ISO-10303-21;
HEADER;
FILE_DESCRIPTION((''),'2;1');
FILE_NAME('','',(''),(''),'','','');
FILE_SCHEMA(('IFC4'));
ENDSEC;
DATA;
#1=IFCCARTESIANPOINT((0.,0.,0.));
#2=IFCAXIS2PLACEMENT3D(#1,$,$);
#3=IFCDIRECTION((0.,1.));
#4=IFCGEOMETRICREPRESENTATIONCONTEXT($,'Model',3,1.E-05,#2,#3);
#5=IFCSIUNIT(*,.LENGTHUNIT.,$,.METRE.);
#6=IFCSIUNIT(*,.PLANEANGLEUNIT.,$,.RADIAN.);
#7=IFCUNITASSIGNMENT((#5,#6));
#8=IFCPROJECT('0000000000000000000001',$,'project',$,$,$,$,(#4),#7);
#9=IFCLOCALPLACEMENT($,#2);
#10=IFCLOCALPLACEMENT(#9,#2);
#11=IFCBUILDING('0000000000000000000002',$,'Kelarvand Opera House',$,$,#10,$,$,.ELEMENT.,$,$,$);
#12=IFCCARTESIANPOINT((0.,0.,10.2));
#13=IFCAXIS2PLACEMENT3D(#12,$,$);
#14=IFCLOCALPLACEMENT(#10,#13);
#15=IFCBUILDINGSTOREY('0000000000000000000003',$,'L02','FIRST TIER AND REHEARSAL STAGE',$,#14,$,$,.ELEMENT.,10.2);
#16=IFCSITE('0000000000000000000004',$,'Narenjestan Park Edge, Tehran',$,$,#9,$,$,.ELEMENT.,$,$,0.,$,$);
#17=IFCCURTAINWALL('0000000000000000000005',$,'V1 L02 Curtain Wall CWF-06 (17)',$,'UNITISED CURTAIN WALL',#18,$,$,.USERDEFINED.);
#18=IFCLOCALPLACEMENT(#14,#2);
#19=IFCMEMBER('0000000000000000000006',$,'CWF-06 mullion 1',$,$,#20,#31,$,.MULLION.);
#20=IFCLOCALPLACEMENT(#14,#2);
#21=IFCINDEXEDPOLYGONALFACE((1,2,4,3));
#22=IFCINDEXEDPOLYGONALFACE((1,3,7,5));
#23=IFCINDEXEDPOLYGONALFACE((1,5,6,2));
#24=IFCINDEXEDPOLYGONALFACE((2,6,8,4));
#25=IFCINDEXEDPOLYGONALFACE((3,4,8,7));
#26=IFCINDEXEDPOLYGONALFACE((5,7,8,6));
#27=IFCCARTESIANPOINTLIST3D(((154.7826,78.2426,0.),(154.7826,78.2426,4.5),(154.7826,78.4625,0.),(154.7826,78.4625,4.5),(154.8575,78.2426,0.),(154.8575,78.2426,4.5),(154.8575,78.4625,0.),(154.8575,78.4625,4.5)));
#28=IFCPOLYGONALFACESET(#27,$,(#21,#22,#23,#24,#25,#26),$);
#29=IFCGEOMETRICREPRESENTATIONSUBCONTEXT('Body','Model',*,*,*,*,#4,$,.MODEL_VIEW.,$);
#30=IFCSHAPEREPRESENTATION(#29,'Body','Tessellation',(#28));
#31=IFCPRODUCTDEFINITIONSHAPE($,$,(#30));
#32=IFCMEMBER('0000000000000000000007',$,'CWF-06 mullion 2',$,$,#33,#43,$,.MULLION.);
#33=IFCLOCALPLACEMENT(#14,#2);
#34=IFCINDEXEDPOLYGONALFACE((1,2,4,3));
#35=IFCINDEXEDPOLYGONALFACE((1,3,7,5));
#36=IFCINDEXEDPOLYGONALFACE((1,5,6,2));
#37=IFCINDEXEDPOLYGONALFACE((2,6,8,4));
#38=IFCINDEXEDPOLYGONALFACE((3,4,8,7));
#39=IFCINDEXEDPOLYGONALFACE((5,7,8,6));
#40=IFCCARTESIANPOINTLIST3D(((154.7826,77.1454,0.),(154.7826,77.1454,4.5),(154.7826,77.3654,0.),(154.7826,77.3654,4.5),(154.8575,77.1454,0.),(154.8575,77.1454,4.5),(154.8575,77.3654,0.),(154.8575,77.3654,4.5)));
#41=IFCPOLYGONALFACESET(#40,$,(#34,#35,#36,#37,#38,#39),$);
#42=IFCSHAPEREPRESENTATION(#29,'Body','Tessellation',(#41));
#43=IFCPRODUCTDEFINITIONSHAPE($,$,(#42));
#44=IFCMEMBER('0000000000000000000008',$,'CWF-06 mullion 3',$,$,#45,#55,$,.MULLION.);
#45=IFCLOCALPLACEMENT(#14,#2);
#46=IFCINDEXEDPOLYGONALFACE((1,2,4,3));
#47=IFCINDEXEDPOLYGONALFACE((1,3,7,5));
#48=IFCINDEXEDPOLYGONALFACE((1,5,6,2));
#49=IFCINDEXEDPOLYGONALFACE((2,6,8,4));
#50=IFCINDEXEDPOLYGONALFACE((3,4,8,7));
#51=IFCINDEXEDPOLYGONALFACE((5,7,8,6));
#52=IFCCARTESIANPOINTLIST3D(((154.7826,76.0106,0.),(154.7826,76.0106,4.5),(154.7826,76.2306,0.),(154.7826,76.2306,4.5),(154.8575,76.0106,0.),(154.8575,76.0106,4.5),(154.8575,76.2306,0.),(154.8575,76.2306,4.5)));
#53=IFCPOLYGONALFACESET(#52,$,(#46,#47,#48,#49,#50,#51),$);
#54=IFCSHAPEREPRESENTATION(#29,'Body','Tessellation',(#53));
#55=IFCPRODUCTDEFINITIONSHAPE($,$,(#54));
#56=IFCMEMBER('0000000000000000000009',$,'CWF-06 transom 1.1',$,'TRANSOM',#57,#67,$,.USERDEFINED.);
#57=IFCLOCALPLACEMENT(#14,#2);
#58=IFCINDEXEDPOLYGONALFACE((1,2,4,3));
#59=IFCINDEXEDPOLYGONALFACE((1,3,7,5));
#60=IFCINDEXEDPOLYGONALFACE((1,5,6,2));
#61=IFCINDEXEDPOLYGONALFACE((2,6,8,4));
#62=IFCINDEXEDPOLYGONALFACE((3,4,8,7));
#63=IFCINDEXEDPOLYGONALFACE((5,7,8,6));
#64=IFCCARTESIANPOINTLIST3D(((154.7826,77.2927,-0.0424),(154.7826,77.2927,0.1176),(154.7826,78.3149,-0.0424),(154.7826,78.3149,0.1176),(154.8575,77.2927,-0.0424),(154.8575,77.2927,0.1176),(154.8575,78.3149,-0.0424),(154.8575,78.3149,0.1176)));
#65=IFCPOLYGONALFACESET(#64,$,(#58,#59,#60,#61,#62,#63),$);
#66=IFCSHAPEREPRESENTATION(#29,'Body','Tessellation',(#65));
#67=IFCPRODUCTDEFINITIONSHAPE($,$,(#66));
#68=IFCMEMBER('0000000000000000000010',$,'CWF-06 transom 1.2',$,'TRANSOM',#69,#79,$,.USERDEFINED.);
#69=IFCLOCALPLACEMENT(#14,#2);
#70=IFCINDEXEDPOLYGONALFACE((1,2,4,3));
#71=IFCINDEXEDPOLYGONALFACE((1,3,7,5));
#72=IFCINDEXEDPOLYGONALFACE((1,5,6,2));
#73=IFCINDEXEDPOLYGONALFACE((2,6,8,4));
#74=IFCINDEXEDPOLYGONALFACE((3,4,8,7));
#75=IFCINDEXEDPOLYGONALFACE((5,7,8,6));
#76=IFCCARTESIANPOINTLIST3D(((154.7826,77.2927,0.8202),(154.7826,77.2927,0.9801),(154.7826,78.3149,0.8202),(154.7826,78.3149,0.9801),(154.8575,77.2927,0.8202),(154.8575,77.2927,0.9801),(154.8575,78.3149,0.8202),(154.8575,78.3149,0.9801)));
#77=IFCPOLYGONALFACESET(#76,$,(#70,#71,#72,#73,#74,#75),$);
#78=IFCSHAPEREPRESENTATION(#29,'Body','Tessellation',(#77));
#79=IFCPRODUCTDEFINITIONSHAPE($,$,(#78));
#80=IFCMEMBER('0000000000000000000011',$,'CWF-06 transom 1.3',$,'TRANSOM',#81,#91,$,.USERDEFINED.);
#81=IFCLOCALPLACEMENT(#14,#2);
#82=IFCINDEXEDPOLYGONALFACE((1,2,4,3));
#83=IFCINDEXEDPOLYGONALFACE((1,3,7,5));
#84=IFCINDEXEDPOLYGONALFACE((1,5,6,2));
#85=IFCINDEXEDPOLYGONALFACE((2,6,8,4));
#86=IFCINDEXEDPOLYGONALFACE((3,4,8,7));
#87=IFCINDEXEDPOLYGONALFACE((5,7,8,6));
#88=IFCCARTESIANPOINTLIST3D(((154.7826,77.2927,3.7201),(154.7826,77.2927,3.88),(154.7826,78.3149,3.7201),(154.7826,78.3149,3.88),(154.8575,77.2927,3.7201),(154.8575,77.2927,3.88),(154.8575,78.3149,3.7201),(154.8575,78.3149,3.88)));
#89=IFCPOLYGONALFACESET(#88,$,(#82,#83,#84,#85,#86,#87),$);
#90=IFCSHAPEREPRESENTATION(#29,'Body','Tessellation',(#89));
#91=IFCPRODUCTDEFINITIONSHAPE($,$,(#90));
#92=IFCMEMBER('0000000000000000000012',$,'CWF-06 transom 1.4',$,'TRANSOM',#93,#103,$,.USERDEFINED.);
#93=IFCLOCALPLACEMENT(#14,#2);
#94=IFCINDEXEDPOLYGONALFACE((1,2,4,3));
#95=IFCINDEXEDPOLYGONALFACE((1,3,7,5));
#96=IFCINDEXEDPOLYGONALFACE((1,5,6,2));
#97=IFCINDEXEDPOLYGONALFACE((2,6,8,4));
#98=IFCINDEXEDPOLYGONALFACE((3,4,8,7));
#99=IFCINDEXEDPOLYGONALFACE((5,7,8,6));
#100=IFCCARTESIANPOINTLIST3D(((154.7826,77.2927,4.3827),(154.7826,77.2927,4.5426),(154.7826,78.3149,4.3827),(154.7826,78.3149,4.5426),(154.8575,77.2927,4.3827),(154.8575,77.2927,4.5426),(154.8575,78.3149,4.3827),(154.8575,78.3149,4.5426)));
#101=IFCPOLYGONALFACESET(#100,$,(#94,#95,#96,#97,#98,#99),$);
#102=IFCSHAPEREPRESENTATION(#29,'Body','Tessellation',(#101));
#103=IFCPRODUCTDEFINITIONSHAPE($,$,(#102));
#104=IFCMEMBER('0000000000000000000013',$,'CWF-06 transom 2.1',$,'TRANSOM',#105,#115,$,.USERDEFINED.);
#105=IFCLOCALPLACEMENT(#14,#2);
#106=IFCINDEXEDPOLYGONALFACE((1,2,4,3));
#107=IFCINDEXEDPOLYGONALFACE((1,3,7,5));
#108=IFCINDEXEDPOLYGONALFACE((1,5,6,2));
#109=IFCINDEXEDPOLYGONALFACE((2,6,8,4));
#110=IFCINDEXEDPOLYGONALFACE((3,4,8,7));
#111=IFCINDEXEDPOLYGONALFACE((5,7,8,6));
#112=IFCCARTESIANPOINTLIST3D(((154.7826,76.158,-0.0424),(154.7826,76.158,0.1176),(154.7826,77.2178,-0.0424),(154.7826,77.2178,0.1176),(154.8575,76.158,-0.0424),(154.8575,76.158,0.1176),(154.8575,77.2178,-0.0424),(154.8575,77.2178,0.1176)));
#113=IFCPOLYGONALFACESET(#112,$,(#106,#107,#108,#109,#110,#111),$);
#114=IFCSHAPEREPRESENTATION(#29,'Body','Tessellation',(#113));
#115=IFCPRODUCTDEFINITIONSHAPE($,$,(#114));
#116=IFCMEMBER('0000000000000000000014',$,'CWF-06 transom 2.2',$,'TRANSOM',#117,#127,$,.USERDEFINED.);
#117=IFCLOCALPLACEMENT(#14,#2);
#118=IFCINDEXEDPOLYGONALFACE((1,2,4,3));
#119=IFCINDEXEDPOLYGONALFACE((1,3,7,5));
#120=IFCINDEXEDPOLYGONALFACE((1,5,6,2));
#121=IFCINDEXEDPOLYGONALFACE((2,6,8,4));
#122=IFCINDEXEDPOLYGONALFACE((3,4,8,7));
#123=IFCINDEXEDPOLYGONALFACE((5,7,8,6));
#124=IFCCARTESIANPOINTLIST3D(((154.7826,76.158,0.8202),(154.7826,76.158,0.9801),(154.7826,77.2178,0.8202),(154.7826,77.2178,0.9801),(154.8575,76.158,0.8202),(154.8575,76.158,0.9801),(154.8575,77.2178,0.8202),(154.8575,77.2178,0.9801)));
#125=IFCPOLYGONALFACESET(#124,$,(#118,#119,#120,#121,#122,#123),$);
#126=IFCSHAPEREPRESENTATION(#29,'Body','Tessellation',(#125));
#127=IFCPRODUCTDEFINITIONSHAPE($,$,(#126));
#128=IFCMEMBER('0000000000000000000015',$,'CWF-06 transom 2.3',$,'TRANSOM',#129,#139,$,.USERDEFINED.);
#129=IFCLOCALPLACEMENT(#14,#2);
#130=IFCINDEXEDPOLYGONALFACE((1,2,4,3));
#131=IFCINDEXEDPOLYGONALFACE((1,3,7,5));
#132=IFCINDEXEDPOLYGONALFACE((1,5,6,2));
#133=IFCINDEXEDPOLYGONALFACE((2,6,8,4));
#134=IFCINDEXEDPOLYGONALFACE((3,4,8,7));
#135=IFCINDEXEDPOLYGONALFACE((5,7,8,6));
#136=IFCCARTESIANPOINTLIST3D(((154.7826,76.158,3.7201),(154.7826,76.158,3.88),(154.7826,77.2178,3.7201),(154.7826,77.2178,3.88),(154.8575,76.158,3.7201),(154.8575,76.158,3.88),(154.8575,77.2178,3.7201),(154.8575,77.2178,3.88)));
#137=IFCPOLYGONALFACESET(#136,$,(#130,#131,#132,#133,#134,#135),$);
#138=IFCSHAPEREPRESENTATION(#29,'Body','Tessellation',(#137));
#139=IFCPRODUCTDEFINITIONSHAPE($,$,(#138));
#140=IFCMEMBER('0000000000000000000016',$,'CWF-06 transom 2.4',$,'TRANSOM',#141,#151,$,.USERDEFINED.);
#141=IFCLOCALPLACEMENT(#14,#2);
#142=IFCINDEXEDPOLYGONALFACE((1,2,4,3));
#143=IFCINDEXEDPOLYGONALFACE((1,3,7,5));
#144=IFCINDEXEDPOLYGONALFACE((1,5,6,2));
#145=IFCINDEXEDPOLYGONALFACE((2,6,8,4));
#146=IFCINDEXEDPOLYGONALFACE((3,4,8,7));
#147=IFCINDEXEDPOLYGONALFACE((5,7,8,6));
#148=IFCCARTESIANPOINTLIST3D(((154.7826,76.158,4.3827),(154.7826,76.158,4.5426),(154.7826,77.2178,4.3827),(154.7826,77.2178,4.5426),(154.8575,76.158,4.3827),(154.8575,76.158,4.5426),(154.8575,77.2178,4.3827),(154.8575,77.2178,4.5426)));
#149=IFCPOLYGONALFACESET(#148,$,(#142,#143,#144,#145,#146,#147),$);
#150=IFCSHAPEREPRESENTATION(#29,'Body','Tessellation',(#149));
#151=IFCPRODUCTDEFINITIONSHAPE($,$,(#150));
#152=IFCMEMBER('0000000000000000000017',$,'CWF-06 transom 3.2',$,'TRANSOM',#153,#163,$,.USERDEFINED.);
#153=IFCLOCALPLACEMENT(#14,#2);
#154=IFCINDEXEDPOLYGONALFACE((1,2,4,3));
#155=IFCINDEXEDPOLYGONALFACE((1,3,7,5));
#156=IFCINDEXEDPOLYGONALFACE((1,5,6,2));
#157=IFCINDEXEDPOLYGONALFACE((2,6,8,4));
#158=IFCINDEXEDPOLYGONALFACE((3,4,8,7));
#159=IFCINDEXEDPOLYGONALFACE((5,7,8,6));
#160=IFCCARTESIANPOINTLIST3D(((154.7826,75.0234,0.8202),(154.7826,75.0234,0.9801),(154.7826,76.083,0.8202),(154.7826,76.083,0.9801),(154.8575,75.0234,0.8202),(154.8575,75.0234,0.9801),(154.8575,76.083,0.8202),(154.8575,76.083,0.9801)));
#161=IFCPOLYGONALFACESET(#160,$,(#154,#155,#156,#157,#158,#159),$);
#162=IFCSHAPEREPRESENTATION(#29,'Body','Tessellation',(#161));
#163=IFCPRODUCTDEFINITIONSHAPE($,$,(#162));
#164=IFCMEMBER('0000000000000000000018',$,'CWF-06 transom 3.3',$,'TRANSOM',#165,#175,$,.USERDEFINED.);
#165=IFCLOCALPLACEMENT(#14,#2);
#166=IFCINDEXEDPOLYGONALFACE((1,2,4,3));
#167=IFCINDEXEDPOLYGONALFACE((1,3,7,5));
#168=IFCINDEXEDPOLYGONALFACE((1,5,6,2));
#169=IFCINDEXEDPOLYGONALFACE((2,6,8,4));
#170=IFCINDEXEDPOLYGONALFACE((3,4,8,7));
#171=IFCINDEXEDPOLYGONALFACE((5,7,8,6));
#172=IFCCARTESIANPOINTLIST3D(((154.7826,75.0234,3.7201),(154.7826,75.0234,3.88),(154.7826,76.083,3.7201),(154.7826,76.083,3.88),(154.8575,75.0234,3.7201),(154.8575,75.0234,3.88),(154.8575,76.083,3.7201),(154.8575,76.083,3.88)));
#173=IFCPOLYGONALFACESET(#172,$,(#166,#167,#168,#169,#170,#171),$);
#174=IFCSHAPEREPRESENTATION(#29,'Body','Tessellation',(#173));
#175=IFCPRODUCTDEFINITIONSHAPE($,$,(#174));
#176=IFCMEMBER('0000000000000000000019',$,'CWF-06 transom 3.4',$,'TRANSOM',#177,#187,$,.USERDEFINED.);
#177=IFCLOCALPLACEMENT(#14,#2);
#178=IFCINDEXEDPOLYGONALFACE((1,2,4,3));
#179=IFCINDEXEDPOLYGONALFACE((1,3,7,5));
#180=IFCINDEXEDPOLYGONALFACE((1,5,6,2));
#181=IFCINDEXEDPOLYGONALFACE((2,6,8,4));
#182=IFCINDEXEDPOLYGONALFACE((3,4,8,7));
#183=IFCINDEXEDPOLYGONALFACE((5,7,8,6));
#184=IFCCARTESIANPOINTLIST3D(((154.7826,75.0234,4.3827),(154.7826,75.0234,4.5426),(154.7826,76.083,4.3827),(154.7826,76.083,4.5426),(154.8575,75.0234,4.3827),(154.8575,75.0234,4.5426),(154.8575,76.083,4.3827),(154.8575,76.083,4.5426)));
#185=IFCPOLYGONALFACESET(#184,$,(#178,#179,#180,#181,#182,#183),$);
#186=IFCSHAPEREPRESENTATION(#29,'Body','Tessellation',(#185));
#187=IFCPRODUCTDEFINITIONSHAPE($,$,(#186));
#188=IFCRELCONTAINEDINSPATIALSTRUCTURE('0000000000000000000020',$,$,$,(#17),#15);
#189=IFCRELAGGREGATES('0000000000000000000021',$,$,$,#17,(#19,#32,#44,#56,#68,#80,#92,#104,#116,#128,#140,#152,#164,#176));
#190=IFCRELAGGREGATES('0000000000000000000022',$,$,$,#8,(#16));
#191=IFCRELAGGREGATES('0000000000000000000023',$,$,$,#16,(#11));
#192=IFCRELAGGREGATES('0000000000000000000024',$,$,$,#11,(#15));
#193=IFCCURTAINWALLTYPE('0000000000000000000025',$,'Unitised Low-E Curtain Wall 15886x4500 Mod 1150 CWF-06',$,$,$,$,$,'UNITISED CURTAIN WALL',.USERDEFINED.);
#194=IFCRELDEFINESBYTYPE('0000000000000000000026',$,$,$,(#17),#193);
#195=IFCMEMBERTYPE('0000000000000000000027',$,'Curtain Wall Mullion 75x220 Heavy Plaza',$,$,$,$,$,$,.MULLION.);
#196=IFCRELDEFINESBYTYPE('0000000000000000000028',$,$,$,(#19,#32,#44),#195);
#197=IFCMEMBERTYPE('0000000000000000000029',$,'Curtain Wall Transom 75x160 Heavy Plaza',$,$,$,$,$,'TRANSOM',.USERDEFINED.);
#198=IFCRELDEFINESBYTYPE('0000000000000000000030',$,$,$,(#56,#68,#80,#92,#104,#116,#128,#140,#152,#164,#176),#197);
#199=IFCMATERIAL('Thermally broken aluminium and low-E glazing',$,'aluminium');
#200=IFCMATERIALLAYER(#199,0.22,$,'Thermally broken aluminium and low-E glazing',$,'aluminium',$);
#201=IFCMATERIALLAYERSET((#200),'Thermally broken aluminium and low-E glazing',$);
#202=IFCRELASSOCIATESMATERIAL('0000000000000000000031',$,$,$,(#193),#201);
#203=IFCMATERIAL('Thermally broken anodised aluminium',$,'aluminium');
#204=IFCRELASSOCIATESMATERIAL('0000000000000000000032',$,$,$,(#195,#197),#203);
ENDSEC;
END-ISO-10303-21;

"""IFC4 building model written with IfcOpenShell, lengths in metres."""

from ifc_helpers import new_model, si_unit, direction, frame, origin, origin_2d, place, context, subcontext, project, spatial, rectangle, extrude, material, layer, layer_set, material_profile, profile_set, type_object, element, aggregate, save


model = new_model("IFC4")

# Units and contexts
model_context = context("Model", 3, precision=1e-05, world=origin(), true_north=direction((0.0, 1.0)))
body_context = subcontext(model_context, "Body", "Model", "MODEL_VIEW")
ifc_project = project(units=[si_unit("LENGTHUNIT", "METRE"), si_unit("PLANEANGLEUNIT", "RADIAN")], contexts=[model_context])

# Site, building, storey
site_placement = place(None, origin())
site = spatial("IfcSite", under=ifc_project, at=site_placement, Name="Narenjestan Park Edge, Tehran", CompositionType="ELEMENT", RefElevation=0.0)
building_placement = place(site_placement, origin())
building = spatial("IfcBuilding", under=site, at=building_placement, Name="Kelarvand Opera House", CompositionType="ELEMENT")
storey_placement = place(building_placement, frame((0.0, 0.0, 10.2)))
storey = spatial("IfcBuildingStorey", under=building, at=storey_placement, Name="L02", Description="FIRST TIER AND REHEARSAL STAGE", CompositionType="ELEMENT", Elevation=10.2)

# Curtain wall, members
ifc_material_1 = material(Name="Thermally broken aluminium and low-E glazing", Category="aluminium")
ifc_layer_1 = layer(ifc_material_1, 0.22, Name="Thermally broken aluminium and low-E glazing", Category="aluminium")
ifc_layer_set_1 = layer_set([ifc_layer_1], Name="Thermally broken aluminium and low-E glazing")
curtain_wall_type = type_object("IfcCurtainWallType", Name="Unitised Low-E Curtain Wall 15886x4500 Mod 1150 CWF-06", ElementType="UNITISED CURTAIN WALL", PredefinedType="USERDEFINED", material=ifc_layer_set_1)
curtain_wall_placement = place(storey_placement, origin())
curtain_wall = element("IfcCurtainWall", 1, at=curtain_wall_placement, inside=storey, type_object=curtain_wall_type, Name="V1 L02 Curtain Wall CWF-06 (17)", ObjectType="UNITISED CURTAIN WALL", PredefinedType="USERDEFINED")
ifc_material_2 = material(Name="Thermally broken anodised aluminium", Category="aluminium")
ifc_material_profile_1 = material_profile(ifc_material_2, rectangle(XDim=0.075, YDim=0.22, at=origin_2d()), Name="ALU MULLION 75x220", Category="aluminium")
ifc_profile_set_1 = profile_set([ifc_material_profile_1], Name="Thermally broken anodised aluminium")
member_type_1 = type_object("IfcMemberType", Name="Curtain Wall Mullion 75x220 Heavy Plaza", PredefinedType="MULLION", material=ifc_profile_set_1)
member_1_placement = place(storey_placement, frame((154.8201, 78.3525, 0.0), z_axis=(0.0, 0.0, 1.0), x_axis=(1.0, 0.0, 0.0)))
member_1 = element("IfcMember", 2, at=member_1_placement, type_object=member_type_1, Name="CWF-06 mullion 1", PredefinedType="MULLION", context=body_context, shape_type="SweptSolid", body=[
    extrude(rectangle(XDim=0.075, YDim=0.22, at=origin_2d()), origin(), (0.0, 0.0, 1.0), 4.5),
])
member_2_placement = place(storey_placement, frame((154.8201, 77.2554, 0.0), z_axis=(0.0, 0.0, 1.0), x_axis=(1.0, 0.0, 0.0)))
member_2 = element("IfcMember", 3, at=member_2_placement, type_object=member_type_1, Name="CWF-06 mullion 2", PredefinedType="MULLION", context=body_context, shape_type="SweptSolid", body=[
    extrude(rectangle(XDim=0.075, YDim=0.22, at=origin_2d()), origin(), (0.0, 0.0, 1.0), 4.5),
])
member_3_placement = place(storey_placement, frame((154.8201, 76.1206, 0.0), z_axis=(0.0, 0.0, 1.0), x_axis=(1.0, 0.0, 0.0)))
member_3 = element("IfcMember", 4, at=member_3_placement, type_object=member_type_1, Name="CWF-06 mullion 3", PredefinedType="MULLION", context=body_context, shape_type="SweptSolid", body=[
    extrude(rectangle(XDim=0.075, YDim=0.22, at=origin_2d()), origin(), (0.0, 0.0, 1.0), 4.5),
])
ifc_material_profile_2 = material_profile(ifc_material_2, rectangle(XDim=0.075, YDim=0.1599, at=origin_2d()), Name="ALU TRANSOM 75x160", Category="aluminium")
ifc_profile_set_2 = profile_set([ifc_material_profile_2], Name="Thermally broken anodised aluminium")
member_type_2 = type_object("IfcMemberType", Name="Curtain Wall Transom 75x160 Heavy Plaza", ElementType="TRANSOM", PredefinedType="USERDEFINED", material=ifc_profile_set_2)
member_4_placement = place(storey_placement, frame((154.8201, 78.3149, 0.0376), z_axis=(0.0, -1.0, 0.0), x_axis=(1.0, 0.0, 0.0)))
member_4 = element("IfcMember", 5, at=member_4_placement, type_object=member_type_2, Name="CWF-06 transom 1.1", ObjectType="TRANSOM", PredefinedType="USERDEFINED", context=body_context, shape_type="SweptSolid", body=[
    extrude(rectangle(XDim=0.075, YDim=0.1599, at=origin_2d()), origin(), (0.0, 0.0, 1.0), 1.0222),
])
member_5_placement = place(storey_placement, frame((154.8201, 78.3149, 0.9001), z_axis=(0.0, -1.0, 0.0), x_axis=(1.0, 0.0, 0.0)))
member_5 = element("IfcMember", 6, at=member_5_placement, type_object=member_type_2, Name="CWF-06 transom 1.2", ObjectType="TRANSOM", PredefinedType="USERDEFINED", context=body_context, shape_type="SweptSolid", body=[
    extrude(rectangle(XDim=0.075, YDim=0.1599, at=origin_2d()), origin(), (0.0, 0.0, 1.0), 1.0222),
])
member_6_placement = place(storey_placement, frame((154.8201, 78.3149, 3.8), z_axis=(0.0, -1.0, 0.0), x_axis=(1.0, 0.0, 0.0)))
member_6 = element("IfcMember", 7, at=member_6_placement, type_object=member_type_2, Name="CWF-06 transom 1.3", ObjectType="TRANSOM", PredefinedType="USERDEFINED", context=body_context, shape_type="SweptSolid", body=[
    extrude(rectangle(XDim=0.075, YDim=0.1599, at=origin_2d()), origin(), (0.0, 0.0, 1.0), 1.0222),
])
member_7_placement = place(storey_placement, frame((154.8201, 78.3149, 4.4626), z_axis=(0.0, -1.0, 0.0), x_axis=(1.0, 0.0, 0.0)))
member_7 = element("IfcMember", 8, at=member_7_placement, type_object=member_type_2, Name="CWF-06 transom 1.4", ObjectType="TRANSOM", PredefinedType="USERDEFINED", context=body_context, shape_type="SweptSolid", body=[
    extrude(rectangle(XDim=0.075, YDim=0.1599, at=origin_2d()), origin(), (0.0, 0.0, 1.0), 1.0222),
])
member_8_placement = place(storey_placement, frame((154.8201, 77.2178, 0.0376), z_axis=(0.0, -1.0, 0.0), x_axis=(1.0, 0.0, 0.0)))
member_8 = element("IfcMember", 9, at=member_8_placement, type_object=member_type_2, Name="CWF-06 transom 2.1", ObjectType="TRANSOM", PredefinedType="USERDEFINED", context=body_context, shape_type="SweptSolid", body=[
    extrude(rectangle(XDim=0.075, YDim=0.1599, at=origin_2d()), origin(), (0.0, 0.0, 1.0), 1.0598),
])
member_9_placement = place(storey_placement, frame((154.8201, 77.2178, 0.9001), z_axis=(0.0, -1.0, 0.0), x_axis=(1.0, 0.0, 0.0)))
member_9 = element("IfcMember", 10, at=member_9_placement, type_object=member_type_2, Name="CWF-06 transom 2.2", ObjectType="TRANSOM", PredefinedType="USERDEFINED", context=body_context, shape_type="SweptSolid", body=[
    extrude(rectangle(XDim=0.075, YDim=0.1599, at=origin_2d()), origin(), (0.0, 0.0, 1.0), 1.0598),
])
member_10_placement = place(storey_placement, frame((154.8201, 77.2178, 3.8), z_axis=(0.0, -1.0, 0.0), x_axis=(1.0, 0.0, 0.0)))
member_10 = element("IfcMember", 11, at=member_10_placement, type_object=member_type_2, Name="CWF-06 transom 2.3", ObjectType="TRANSOM", PredefinedType="USERDEFINED", context=body_context, shape_type="SweptSolid", body=[
    extrude(rectangle(XDim=0.075, YDim=0.1599, at=origin_2d()), origin(), (0.0, 0.0, 1.0), 1.0598),
])
member_11_placement = place(storey_placement, frame((154.8201, 77.2178, 4.4626), z_axis=(0.0, -1.0, 0.0), x_axis=(1.0, 0.0, 0.0)))
member_11 = element("IfcMember", 12, at=member_11_placement, type_object=member_type_2, Name="CWF-06 transom 2.4", ObjectType="TRANSOM", PredefinedType="USERDEFINED", context=body_context, shape_type="SweptSolid", body=[
    extrude(rectangle(XDim=0.075, YDim=0.1599, at=origin_2d()), origin(), (0.0, 0.0, 1.0), 1.0598),
])
member_12_placement = place(storey_placement, frame((154.8201, 76.083, 0.9001), z_axis=(0.0, -1.0, 0.0), x_axis=(1.0, 0.0, 0.0)))
member_12 = element("IfcMember", 13, at=member_12_placement, type_object=member_type_2, Name="CWF-06 transom 3.2", ObjectType="TRANSOM", PredefinedType="USERDEFINED", context=body_context, shape_type="SweptSolid", body=[
    extrude(rectangle(XDim=0.075, YDim=0.1599, at=origin_2d()), origin(), (0.0, 0.0, 1.0), 1.0596),
])
member_13_placement = place(storey_placement, frame((154.8201, 76.083, 3.8), z_axis=(0.0, -1.0, 0.0), x_axis=(1.0, 0.0, 0.0)))
member_13 = element("IfcMember", 14, at=member_13_placement, type_object=member_type_2, Name="CWF-06 transom 3.3", ObjectType="TRANSOM", PredefinedType="USERDEFINED", context=body_context, shape_type="SweptSolid", body=[
    extrude(rectangle(XDim=0.075, YDim=0.1599, at=origin_2d()), origin(), (0.0, 0.0, 1.0), 1.0596),
])
member_14_placement = place(storey_placement, frame((154.8201, 76.083, 4.4626), z_axis=(0.0, -1.0, 0.0), x_axis=(1.0, 0.0, 0.0)))
member_14 = element("IfcMember", 15, at=member_14_placement, type_object=member_type_2, Name="CWF-06 transom 3.4", ObjectType="TRANSOM", PredefinedType="USERDEFINED", context=body_context, shape_type="SweptSolid", body=[
    extrude(rectangle(XDim=0.075, YDim=0.1599, at=origin_2d()), origin(), (0.0, 0.0, 1.0), 1.0596),
])
aggregate(curtain_wall, [member_1, member_2, member_3, member_4, member_5, member_6, member_7, member_8, member_9, member_10, member_11, member_12, member_13, member_14])

save(model, "model.ifc")
